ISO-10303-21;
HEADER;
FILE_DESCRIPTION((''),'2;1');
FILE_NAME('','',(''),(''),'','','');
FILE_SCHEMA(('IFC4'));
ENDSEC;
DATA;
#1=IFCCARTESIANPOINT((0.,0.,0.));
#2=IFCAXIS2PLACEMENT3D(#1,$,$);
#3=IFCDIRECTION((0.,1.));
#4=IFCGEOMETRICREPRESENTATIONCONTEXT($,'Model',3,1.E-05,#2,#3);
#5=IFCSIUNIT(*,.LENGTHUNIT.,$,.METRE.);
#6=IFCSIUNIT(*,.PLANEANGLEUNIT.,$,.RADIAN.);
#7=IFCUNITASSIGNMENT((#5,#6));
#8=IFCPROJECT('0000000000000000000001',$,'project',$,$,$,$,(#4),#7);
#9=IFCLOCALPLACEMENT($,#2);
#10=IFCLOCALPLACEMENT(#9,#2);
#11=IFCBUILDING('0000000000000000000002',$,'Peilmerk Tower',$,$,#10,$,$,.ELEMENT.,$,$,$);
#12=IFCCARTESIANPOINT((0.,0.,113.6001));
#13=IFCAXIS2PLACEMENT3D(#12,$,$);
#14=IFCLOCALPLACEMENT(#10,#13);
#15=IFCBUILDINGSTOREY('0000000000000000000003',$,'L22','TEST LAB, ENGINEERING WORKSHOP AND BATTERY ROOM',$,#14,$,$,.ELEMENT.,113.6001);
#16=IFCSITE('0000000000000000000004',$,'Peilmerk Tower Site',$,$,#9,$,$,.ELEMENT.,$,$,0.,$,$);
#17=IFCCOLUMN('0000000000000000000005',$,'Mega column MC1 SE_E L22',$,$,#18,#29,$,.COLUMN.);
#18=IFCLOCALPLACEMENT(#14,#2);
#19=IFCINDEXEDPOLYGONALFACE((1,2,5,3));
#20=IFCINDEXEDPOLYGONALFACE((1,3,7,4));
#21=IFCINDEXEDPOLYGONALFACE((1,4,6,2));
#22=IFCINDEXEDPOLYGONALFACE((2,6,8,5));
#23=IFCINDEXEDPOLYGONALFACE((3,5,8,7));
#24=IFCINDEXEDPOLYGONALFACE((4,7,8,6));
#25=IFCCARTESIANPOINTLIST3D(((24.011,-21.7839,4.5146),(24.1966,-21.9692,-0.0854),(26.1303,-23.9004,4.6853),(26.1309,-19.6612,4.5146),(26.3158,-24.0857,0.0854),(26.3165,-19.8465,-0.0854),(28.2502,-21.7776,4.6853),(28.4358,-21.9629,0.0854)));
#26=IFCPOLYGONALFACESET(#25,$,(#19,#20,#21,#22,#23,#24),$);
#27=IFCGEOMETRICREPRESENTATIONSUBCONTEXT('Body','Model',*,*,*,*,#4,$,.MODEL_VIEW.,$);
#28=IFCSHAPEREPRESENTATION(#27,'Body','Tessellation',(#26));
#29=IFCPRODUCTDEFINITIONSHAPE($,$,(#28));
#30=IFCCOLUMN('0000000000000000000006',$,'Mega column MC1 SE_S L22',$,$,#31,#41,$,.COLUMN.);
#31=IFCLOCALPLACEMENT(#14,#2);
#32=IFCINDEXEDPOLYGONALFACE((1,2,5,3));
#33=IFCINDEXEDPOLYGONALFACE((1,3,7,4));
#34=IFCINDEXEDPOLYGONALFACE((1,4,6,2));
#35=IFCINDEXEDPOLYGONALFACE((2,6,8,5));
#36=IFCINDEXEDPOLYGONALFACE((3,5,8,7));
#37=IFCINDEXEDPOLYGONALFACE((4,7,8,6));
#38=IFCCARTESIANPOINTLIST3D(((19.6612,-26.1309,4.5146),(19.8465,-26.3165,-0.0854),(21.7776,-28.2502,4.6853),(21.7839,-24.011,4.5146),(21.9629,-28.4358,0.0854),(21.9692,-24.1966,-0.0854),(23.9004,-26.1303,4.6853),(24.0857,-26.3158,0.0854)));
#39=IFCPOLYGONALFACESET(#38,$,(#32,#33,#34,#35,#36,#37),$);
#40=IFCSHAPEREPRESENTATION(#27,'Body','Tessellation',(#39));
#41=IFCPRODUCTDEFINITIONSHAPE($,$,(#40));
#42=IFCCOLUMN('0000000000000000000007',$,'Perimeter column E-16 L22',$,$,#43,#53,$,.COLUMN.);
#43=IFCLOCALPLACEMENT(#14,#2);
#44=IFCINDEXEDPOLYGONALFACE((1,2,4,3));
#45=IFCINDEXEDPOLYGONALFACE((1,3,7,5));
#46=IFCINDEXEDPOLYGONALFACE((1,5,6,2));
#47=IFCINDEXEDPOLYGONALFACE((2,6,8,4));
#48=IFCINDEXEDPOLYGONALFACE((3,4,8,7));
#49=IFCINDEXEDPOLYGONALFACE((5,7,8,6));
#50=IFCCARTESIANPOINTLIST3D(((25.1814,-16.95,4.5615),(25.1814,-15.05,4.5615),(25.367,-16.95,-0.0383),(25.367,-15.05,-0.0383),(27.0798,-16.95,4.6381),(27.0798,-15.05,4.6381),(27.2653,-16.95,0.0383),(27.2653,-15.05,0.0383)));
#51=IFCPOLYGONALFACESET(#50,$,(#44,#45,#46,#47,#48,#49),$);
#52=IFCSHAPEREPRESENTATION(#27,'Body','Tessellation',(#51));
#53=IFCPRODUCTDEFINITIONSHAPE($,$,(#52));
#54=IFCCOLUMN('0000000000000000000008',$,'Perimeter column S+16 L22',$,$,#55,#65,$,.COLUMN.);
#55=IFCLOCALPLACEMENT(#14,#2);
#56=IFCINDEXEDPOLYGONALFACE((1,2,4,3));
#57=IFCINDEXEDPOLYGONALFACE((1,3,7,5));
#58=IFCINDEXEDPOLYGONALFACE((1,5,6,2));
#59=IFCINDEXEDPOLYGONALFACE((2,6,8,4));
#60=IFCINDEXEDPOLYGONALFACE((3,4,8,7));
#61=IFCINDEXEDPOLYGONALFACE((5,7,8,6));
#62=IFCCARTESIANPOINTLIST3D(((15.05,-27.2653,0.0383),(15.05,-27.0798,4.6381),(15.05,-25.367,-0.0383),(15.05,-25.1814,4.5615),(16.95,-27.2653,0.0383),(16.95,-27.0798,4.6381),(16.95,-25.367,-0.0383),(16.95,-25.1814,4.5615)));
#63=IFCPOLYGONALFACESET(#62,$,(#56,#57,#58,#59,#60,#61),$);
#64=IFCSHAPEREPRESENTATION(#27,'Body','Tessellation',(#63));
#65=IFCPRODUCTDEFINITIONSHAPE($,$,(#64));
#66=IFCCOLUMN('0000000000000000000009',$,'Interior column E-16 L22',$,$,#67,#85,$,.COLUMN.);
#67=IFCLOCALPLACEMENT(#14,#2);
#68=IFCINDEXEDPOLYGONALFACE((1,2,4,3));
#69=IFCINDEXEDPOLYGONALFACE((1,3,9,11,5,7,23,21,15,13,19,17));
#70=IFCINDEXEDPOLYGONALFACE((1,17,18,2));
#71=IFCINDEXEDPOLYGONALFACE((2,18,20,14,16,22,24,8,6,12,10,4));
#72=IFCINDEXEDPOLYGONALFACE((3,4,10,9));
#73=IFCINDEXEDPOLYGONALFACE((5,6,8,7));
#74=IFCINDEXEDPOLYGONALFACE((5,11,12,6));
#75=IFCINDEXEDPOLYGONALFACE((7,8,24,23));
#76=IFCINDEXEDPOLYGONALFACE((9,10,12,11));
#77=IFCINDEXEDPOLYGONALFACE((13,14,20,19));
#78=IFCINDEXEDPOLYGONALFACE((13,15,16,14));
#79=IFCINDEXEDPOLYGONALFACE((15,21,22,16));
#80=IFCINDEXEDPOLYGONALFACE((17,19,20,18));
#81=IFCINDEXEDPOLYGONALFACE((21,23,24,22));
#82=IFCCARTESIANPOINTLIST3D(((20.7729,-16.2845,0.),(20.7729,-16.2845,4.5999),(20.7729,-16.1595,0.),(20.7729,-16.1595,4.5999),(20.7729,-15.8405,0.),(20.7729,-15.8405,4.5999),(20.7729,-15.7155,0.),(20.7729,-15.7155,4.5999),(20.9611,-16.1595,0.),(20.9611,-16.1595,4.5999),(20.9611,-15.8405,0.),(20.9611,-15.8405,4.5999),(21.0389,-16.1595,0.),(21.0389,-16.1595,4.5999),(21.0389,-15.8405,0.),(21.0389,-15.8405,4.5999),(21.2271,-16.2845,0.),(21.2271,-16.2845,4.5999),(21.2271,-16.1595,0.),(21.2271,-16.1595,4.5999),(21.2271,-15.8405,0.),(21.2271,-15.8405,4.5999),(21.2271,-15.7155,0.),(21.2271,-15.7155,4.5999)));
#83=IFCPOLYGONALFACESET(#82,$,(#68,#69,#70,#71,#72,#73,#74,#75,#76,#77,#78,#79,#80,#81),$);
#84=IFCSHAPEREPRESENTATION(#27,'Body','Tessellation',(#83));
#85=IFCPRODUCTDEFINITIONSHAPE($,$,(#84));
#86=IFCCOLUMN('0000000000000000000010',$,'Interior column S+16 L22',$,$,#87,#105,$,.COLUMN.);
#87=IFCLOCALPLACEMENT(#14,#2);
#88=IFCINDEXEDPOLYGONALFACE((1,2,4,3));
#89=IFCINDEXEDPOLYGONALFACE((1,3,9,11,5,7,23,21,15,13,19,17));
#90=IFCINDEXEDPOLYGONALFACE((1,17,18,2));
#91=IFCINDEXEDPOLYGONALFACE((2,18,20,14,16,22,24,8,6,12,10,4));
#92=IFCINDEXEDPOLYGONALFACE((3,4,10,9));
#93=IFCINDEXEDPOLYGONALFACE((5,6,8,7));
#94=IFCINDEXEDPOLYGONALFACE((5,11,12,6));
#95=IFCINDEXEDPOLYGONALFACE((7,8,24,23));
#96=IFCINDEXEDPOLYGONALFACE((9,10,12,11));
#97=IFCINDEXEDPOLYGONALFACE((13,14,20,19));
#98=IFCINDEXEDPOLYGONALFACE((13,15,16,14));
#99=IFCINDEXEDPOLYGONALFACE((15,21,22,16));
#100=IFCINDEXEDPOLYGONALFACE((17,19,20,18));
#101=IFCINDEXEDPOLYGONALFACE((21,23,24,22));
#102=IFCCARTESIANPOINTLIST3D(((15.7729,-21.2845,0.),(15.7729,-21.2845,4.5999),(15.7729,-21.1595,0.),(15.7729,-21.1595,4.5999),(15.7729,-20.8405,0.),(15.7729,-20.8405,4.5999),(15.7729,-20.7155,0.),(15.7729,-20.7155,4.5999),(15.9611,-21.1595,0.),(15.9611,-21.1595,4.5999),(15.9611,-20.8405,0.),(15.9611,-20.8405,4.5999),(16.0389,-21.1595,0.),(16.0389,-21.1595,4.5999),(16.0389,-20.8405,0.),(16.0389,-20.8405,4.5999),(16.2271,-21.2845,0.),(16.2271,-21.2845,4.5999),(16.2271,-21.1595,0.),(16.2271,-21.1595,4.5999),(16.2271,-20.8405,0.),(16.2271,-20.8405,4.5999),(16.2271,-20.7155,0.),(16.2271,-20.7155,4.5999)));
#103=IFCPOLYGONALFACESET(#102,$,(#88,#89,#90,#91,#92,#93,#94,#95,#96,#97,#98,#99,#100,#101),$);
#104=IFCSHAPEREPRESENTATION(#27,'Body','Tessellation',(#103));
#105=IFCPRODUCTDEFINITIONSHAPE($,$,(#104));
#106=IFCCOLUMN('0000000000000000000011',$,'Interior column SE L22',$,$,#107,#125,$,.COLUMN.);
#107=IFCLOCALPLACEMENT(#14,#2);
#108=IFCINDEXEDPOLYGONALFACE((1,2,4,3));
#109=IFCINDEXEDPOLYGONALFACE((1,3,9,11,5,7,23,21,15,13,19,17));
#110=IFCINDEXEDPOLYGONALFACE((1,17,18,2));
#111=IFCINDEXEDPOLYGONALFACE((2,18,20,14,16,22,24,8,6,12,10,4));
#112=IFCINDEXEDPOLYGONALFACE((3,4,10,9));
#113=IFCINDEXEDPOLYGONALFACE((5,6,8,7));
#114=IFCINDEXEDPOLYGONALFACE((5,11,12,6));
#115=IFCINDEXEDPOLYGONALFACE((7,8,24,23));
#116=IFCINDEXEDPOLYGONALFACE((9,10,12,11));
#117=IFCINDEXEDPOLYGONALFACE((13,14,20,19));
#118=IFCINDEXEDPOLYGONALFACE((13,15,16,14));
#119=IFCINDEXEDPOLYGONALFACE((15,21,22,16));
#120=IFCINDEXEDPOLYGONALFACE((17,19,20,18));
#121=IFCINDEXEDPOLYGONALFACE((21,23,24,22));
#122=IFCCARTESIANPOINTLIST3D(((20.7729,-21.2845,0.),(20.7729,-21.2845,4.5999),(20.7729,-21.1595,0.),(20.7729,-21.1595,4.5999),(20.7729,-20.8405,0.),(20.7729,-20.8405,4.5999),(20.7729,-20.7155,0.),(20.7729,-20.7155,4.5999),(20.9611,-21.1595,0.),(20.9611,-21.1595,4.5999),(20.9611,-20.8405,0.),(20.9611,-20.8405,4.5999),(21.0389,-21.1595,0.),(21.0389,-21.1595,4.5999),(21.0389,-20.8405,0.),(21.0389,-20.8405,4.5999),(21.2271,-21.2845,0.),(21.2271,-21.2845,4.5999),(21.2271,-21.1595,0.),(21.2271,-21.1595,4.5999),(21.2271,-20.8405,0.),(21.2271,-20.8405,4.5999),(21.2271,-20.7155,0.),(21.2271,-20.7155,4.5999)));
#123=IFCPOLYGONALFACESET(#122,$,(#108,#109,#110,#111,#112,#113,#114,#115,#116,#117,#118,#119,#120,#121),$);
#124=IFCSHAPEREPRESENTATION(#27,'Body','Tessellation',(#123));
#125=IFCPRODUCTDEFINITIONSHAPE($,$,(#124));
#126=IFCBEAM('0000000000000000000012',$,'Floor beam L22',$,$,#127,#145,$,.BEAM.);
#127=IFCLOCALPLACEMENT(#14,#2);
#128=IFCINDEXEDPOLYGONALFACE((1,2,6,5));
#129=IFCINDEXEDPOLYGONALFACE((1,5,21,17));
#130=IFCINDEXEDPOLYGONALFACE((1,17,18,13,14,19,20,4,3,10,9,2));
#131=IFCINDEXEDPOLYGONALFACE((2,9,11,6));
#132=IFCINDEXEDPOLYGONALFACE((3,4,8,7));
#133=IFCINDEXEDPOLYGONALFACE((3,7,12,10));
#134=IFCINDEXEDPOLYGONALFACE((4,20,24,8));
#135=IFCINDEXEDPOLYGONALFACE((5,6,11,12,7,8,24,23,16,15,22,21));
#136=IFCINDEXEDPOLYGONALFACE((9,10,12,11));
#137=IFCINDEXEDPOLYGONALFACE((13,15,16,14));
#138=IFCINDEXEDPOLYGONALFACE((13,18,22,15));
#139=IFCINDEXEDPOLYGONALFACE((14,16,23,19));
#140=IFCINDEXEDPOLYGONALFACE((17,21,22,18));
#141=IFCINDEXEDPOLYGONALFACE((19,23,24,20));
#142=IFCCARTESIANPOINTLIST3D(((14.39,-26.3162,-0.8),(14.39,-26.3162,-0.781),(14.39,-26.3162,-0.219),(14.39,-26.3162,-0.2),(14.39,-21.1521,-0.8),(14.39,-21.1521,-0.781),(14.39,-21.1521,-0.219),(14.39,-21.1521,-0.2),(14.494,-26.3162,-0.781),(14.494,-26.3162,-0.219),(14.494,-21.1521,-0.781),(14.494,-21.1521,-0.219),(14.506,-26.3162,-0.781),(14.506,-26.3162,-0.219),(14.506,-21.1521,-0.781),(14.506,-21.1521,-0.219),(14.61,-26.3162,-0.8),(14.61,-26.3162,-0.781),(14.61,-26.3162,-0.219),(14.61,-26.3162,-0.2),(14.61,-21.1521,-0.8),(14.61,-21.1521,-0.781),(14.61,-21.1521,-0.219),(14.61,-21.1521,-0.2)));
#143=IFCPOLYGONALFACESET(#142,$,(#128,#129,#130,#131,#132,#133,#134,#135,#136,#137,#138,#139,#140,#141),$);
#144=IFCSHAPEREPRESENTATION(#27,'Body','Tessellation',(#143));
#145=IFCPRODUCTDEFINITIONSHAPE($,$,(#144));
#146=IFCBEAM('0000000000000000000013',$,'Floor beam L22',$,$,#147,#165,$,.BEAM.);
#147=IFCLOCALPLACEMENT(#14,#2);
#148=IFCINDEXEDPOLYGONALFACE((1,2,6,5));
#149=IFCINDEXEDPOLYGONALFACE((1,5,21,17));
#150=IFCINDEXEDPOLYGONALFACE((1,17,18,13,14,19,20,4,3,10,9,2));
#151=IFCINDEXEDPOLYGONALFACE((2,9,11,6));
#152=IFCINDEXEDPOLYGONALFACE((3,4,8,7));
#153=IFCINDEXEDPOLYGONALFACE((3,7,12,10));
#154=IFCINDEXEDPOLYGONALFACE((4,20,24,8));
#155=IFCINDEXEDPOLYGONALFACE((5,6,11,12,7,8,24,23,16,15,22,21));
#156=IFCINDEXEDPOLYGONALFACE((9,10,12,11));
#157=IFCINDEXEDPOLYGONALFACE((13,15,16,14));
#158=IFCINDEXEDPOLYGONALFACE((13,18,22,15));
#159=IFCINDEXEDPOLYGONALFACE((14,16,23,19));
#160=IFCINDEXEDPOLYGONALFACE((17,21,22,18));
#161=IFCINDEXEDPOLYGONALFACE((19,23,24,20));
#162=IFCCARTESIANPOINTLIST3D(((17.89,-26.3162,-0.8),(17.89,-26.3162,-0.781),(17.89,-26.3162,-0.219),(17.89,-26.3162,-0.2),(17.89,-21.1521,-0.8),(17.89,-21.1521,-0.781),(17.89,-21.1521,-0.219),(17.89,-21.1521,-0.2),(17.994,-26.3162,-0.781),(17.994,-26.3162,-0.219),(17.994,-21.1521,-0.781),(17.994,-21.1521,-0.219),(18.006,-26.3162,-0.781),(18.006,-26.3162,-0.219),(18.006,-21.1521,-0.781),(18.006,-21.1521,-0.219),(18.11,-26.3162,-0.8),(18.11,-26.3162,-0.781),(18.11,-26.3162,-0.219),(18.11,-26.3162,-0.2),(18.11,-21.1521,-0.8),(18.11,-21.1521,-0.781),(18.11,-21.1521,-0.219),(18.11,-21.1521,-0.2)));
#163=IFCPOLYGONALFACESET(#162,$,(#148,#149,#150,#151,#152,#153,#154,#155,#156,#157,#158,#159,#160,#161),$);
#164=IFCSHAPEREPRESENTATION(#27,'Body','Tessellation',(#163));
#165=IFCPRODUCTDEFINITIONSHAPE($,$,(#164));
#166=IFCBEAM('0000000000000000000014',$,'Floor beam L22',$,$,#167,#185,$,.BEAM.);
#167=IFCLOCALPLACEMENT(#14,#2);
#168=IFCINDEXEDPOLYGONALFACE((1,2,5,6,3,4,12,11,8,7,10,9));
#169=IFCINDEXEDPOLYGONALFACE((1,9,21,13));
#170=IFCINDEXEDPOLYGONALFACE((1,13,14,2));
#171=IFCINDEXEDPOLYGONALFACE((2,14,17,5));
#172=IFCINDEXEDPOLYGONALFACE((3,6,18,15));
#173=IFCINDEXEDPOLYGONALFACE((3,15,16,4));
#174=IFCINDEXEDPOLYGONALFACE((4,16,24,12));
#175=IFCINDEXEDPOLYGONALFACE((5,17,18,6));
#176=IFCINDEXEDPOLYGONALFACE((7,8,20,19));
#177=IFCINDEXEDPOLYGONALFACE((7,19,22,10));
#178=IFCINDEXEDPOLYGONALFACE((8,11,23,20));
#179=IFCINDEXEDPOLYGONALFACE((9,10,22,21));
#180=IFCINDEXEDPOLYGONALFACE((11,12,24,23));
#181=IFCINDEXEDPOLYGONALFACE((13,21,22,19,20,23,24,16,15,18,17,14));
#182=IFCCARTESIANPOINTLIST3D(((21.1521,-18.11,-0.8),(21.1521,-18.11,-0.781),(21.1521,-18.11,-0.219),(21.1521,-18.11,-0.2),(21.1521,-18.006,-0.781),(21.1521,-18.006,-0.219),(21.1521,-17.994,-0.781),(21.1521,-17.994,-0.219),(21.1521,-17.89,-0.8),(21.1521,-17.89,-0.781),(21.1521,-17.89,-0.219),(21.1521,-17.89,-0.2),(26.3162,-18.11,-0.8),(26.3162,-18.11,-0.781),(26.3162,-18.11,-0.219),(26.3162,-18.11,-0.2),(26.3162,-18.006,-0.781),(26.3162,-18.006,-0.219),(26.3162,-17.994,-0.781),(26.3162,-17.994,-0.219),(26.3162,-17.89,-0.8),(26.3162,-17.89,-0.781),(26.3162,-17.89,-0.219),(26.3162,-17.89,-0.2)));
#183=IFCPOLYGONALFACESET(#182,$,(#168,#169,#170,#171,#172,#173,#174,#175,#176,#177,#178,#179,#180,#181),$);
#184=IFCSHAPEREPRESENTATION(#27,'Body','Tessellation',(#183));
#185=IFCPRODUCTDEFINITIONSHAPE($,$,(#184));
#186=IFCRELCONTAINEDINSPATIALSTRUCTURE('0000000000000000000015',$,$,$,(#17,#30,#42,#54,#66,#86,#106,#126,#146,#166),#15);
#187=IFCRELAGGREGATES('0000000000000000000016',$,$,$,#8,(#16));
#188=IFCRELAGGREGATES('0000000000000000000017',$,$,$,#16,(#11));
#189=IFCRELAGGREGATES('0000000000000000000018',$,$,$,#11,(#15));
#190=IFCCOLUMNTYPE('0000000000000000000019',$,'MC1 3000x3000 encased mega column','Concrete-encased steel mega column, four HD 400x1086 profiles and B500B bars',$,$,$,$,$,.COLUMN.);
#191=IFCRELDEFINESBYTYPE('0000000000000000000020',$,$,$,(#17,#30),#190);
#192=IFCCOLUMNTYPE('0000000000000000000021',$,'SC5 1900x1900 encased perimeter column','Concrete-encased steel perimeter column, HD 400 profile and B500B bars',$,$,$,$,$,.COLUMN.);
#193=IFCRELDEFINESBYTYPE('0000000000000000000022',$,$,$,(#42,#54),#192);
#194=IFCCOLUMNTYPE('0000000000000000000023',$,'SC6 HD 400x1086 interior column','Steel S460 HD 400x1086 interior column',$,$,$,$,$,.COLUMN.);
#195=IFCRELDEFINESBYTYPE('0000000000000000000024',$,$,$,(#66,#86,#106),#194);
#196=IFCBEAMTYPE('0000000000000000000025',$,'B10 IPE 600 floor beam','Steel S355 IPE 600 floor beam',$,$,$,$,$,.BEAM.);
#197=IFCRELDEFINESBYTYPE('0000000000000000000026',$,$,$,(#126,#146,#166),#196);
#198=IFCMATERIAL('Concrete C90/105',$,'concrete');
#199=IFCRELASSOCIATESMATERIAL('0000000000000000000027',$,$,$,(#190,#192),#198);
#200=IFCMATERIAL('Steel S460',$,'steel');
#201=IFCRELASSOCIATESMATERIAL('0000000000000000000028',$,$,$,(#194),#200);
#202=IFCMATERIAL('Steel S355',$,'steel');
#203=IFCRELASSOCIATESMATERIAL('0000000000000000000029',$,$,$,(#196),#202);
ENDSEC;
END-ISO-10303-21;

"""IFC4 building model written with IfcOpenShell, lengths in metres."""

from ifc_helpers import new_model, si_unit, direction, frame, origin, origin_2d, place, context, subcontext, project, spatial, rectangle, i_section, extrude, material, material_profile, profile_set, type_object, element, save


model = new_model("IFC4")

# Units and contexts
model_context = context("Model", 3, precision=1e-05, world=origin(), true_north=direction((0.0, 1.0)))
body_context = subcontext(model_context, "Body", "Model", "MODEL_VIEW")
ifc_project = project(units=[si_unit("LENGTHUNIT", "METRE"), si_unit("PLANEANGLEUNIT", "RADIAN")], contexts=[model_context])

# Site, building, storey
site_placement = place(None, origin())
site = spatial("IfcSite", under=ifc_project, at=site_placement, Name="Peilmerk Tower Site", CompositionType="ELEMENT", RefElevation=0.0)
building_placement = place(site_placement, origin())
building = spatial("IfcBuilding", under=site, at=building_placement, Name="Peilmerk Tower", CompositionType="ELEMENT")
storey_placement = place(building_placement, frame((0.0, 0.0, 113.6001)))
storey = spatial("IfcBuildingStorey", under=building, at=storey_placement, Name="L22", Description="TEST LAB, ENGINEERING WORKSHOP AND BATTERY ROOM", CompositionType="ELEMENT", Elevation=113.6001)

# Columns
ifc_material_1 = material(Name="Concrete C90/105", Category="concrete")
ifc_material_profile_1 = material_profile(ifc_material_1, rectangle(XDim=3.0, YDim=3.0, at=origin_2d()), Name="RC 3000x3000")
ifc_profile_set_1 = profile_set([ifc_material_profile_1], Name="Concrete C90/105")
column_type_1 = type_object("IfcColumnType", Name="MC1 3000x3000 encased mega column", Description="Concrete-encased steel mega column, four HD 400x1086 profiles and B500B bars", PredefinedType="COLUMN", material=ifc_profile_set_1)
for number, where, z_axis, x_axis, name in (
    (1, (26.3162, -21.9661, 0.0), (-0.040272, 0.040219, 0.998379), (-0.706641, -0.707572, 0.0), "Mega column MC1 SE_E L22"),
    (2, (21.9661, -26.3162, 0.0), (-0.040219, 0.040272, 0.998379), (-0.707572, -0.706641, 0.0), "Mega column MC1 SE_S L22"),
):
    element("IfcColumn", number, at=place(storey_placement, frame(where, z_axis=z_axis, x_axis=x_axis)), inside=storey, type_object=column_type_1, Name=name, PredefinedType="COLUMN", context=body_context, shape_type="SweptSolid", body=[
        extrude(rectangle(XDim=3.0, YDim=3.0, at=origin_2d()), origin(), (0.0, 0.0, 1.0), 4.6074),
    ])
ifc_material_profile_2 = material_profile(ifc_material_1, rectangle(XDim=1.8999, YDim=1.8999, at=origin_2d()), Name="RC 1900x1900")
ifc_profile_set_2 = profile_set([ifc_material_profile_2], Name="Concrete C90/105")
column_type_2 = type_object("IfcColumnType", Name="SC5 1900x1900 encased perimeter column", Description="Concrete-encased steel perimeter column, HD 400 profile and B500B bars", PredefinedType="COLUMN", material=ifc_profile_set_2)
for number, where, z_axis, x_axis, name in (
    (3, (26.3162, -16.0, 0.0), (-0.040305, 0.0, 0.999187), (0.0, -1.0, 0.0), "Perimeter column E-16 L22"),
    (4, (16.0, -26.3162, 0.0), (0.0, 0.040305, 0.999187), (-1.0, 0.0, 0.0), "Perimeter column S+16 L22"),
):
    element("IfcColumn", number, at=place(storey_placement, frame(where, z_axis=z_axis, x_axis=x_axis)), inside=storey, type_object=column_type_2, Name=name, PredefinedType="COLUMN", context=body_context, shape_type="SweptSolid", body=[
        extrude(rectangle(XDim=1.8999, YDim=1.8999, at=origin_2d()), origin(), (0.0, 0.0, 1.0), 4.6035),
    ])
ifc_material_2 = material(Name="Steel S460", Category="steel")
ifc_material_profile_3 = material_profile(ifc_material_2, i_section(OverallWidth=0.4541, OverallDepth=0.5691, WebThickness=0.0779, FlangeThickness=0.125, at=origin_2d()), Name="HD 400x1086")
ifc_profile_set_3 = profile_set([ifc_material_profile_3], Name="Steel S460")
column_type_3 = type_object("IfcColumnType", Name="SC6 HD 400x1086 interior column", Description="Steel S460 HD 400x1086 interior column", PredefinedType="COLUMN", material=ifc_profile_set_3)
for number, where, z_axis, x_axis, name in (
    (5, (21.0, -16.0, 0.0), (0.0, 0.0, 1.0), (1.0, 0.0, 0.0), "Interior column E-16 L22"),
    (6, (16.0, -21.0, 0.0), (0.0, 0.0, 1.0), (1.0, 0.0, 0.0), "Interior column S+16 L22"),
    (7, (21.0, -21.0, 0.0), (0.0, 0.0, 1.0), (1.0, 0.0, 0.0), "Interior column SE L22"),
):
    element("IfcColumn", number, at=place(storey_placement, frame(where, z_axis=z_axis, x_axis=x_axis)), inside=storey, type_object=column_type_3, Name=name, PredefinedType="COLUMN", context=body_context, shape_type="SweptSolid", body=[
        extrude(i_section(OverallWidth=0.4541, OverallDepth=0.5691, WebThickness=0.0779, FlangeThickness=0.125, at=origin_2d()), origin(), (0.0, 0.0, 1.0), 4.5999),
    ])

# Beams
ifc_material_3 = material(Name="Steel S355", Category="steel")
ifc_material_profile_4 = material_profile(ifc_material_3, i_section(OverallWidth=0.22, OverallDepth=0.6001, WebThickness=0.012, FlangeThickness=0.019, at=origin_2d()), Name="IPE 600")
ifc_profile_set_4 = profile_set([ifc_material_profile_4], Name="Steel S355")
beam_type_1 = type_object("IfcBeamType", Name="B10 IPE 600 floor beam", Description="Steel S355 IPE 600 floor beam", PredefinedType="BEAM", material=ifc_profile_set_4)
for number, where, z_axis, x_axis, name in (
    (8, (14.5, -21.1521, -0.5), (0.0, -1.0, 0.0), (1.0, 0.0, 0.0), "Floor beam L22"),
    (9, (18.0, -21.1521, -0.5), (0.0, -1.0, 0.0), (1.0, 0.0, 0.0), "Floor beam L22"),
    (10, (21.1521, -18.0, -0.5), (1.0, 0.0, 0.0), (0.0, 1.0, 0.0), "Floor beam L22"),
):
    element("IfcBeam", number, at=place(storey_placement, frame(where, z_axis=z_axis, x_axis=x_axis)), inside=storey, type_object=beam_type_1, Name=name, PredefinedType="BEAM", context=body_context, shape_type="SweptSolid", body=[
        extrude(i_section(OverallWidth=0.22, OverallDepth=0.6001, WebThickness=0.012, FlangeThickness=0.019, at=origin_2d()), origin(), (0.0, 0.0, 1.0), 5.1641),
    ])

save(model, "model.ifc")
